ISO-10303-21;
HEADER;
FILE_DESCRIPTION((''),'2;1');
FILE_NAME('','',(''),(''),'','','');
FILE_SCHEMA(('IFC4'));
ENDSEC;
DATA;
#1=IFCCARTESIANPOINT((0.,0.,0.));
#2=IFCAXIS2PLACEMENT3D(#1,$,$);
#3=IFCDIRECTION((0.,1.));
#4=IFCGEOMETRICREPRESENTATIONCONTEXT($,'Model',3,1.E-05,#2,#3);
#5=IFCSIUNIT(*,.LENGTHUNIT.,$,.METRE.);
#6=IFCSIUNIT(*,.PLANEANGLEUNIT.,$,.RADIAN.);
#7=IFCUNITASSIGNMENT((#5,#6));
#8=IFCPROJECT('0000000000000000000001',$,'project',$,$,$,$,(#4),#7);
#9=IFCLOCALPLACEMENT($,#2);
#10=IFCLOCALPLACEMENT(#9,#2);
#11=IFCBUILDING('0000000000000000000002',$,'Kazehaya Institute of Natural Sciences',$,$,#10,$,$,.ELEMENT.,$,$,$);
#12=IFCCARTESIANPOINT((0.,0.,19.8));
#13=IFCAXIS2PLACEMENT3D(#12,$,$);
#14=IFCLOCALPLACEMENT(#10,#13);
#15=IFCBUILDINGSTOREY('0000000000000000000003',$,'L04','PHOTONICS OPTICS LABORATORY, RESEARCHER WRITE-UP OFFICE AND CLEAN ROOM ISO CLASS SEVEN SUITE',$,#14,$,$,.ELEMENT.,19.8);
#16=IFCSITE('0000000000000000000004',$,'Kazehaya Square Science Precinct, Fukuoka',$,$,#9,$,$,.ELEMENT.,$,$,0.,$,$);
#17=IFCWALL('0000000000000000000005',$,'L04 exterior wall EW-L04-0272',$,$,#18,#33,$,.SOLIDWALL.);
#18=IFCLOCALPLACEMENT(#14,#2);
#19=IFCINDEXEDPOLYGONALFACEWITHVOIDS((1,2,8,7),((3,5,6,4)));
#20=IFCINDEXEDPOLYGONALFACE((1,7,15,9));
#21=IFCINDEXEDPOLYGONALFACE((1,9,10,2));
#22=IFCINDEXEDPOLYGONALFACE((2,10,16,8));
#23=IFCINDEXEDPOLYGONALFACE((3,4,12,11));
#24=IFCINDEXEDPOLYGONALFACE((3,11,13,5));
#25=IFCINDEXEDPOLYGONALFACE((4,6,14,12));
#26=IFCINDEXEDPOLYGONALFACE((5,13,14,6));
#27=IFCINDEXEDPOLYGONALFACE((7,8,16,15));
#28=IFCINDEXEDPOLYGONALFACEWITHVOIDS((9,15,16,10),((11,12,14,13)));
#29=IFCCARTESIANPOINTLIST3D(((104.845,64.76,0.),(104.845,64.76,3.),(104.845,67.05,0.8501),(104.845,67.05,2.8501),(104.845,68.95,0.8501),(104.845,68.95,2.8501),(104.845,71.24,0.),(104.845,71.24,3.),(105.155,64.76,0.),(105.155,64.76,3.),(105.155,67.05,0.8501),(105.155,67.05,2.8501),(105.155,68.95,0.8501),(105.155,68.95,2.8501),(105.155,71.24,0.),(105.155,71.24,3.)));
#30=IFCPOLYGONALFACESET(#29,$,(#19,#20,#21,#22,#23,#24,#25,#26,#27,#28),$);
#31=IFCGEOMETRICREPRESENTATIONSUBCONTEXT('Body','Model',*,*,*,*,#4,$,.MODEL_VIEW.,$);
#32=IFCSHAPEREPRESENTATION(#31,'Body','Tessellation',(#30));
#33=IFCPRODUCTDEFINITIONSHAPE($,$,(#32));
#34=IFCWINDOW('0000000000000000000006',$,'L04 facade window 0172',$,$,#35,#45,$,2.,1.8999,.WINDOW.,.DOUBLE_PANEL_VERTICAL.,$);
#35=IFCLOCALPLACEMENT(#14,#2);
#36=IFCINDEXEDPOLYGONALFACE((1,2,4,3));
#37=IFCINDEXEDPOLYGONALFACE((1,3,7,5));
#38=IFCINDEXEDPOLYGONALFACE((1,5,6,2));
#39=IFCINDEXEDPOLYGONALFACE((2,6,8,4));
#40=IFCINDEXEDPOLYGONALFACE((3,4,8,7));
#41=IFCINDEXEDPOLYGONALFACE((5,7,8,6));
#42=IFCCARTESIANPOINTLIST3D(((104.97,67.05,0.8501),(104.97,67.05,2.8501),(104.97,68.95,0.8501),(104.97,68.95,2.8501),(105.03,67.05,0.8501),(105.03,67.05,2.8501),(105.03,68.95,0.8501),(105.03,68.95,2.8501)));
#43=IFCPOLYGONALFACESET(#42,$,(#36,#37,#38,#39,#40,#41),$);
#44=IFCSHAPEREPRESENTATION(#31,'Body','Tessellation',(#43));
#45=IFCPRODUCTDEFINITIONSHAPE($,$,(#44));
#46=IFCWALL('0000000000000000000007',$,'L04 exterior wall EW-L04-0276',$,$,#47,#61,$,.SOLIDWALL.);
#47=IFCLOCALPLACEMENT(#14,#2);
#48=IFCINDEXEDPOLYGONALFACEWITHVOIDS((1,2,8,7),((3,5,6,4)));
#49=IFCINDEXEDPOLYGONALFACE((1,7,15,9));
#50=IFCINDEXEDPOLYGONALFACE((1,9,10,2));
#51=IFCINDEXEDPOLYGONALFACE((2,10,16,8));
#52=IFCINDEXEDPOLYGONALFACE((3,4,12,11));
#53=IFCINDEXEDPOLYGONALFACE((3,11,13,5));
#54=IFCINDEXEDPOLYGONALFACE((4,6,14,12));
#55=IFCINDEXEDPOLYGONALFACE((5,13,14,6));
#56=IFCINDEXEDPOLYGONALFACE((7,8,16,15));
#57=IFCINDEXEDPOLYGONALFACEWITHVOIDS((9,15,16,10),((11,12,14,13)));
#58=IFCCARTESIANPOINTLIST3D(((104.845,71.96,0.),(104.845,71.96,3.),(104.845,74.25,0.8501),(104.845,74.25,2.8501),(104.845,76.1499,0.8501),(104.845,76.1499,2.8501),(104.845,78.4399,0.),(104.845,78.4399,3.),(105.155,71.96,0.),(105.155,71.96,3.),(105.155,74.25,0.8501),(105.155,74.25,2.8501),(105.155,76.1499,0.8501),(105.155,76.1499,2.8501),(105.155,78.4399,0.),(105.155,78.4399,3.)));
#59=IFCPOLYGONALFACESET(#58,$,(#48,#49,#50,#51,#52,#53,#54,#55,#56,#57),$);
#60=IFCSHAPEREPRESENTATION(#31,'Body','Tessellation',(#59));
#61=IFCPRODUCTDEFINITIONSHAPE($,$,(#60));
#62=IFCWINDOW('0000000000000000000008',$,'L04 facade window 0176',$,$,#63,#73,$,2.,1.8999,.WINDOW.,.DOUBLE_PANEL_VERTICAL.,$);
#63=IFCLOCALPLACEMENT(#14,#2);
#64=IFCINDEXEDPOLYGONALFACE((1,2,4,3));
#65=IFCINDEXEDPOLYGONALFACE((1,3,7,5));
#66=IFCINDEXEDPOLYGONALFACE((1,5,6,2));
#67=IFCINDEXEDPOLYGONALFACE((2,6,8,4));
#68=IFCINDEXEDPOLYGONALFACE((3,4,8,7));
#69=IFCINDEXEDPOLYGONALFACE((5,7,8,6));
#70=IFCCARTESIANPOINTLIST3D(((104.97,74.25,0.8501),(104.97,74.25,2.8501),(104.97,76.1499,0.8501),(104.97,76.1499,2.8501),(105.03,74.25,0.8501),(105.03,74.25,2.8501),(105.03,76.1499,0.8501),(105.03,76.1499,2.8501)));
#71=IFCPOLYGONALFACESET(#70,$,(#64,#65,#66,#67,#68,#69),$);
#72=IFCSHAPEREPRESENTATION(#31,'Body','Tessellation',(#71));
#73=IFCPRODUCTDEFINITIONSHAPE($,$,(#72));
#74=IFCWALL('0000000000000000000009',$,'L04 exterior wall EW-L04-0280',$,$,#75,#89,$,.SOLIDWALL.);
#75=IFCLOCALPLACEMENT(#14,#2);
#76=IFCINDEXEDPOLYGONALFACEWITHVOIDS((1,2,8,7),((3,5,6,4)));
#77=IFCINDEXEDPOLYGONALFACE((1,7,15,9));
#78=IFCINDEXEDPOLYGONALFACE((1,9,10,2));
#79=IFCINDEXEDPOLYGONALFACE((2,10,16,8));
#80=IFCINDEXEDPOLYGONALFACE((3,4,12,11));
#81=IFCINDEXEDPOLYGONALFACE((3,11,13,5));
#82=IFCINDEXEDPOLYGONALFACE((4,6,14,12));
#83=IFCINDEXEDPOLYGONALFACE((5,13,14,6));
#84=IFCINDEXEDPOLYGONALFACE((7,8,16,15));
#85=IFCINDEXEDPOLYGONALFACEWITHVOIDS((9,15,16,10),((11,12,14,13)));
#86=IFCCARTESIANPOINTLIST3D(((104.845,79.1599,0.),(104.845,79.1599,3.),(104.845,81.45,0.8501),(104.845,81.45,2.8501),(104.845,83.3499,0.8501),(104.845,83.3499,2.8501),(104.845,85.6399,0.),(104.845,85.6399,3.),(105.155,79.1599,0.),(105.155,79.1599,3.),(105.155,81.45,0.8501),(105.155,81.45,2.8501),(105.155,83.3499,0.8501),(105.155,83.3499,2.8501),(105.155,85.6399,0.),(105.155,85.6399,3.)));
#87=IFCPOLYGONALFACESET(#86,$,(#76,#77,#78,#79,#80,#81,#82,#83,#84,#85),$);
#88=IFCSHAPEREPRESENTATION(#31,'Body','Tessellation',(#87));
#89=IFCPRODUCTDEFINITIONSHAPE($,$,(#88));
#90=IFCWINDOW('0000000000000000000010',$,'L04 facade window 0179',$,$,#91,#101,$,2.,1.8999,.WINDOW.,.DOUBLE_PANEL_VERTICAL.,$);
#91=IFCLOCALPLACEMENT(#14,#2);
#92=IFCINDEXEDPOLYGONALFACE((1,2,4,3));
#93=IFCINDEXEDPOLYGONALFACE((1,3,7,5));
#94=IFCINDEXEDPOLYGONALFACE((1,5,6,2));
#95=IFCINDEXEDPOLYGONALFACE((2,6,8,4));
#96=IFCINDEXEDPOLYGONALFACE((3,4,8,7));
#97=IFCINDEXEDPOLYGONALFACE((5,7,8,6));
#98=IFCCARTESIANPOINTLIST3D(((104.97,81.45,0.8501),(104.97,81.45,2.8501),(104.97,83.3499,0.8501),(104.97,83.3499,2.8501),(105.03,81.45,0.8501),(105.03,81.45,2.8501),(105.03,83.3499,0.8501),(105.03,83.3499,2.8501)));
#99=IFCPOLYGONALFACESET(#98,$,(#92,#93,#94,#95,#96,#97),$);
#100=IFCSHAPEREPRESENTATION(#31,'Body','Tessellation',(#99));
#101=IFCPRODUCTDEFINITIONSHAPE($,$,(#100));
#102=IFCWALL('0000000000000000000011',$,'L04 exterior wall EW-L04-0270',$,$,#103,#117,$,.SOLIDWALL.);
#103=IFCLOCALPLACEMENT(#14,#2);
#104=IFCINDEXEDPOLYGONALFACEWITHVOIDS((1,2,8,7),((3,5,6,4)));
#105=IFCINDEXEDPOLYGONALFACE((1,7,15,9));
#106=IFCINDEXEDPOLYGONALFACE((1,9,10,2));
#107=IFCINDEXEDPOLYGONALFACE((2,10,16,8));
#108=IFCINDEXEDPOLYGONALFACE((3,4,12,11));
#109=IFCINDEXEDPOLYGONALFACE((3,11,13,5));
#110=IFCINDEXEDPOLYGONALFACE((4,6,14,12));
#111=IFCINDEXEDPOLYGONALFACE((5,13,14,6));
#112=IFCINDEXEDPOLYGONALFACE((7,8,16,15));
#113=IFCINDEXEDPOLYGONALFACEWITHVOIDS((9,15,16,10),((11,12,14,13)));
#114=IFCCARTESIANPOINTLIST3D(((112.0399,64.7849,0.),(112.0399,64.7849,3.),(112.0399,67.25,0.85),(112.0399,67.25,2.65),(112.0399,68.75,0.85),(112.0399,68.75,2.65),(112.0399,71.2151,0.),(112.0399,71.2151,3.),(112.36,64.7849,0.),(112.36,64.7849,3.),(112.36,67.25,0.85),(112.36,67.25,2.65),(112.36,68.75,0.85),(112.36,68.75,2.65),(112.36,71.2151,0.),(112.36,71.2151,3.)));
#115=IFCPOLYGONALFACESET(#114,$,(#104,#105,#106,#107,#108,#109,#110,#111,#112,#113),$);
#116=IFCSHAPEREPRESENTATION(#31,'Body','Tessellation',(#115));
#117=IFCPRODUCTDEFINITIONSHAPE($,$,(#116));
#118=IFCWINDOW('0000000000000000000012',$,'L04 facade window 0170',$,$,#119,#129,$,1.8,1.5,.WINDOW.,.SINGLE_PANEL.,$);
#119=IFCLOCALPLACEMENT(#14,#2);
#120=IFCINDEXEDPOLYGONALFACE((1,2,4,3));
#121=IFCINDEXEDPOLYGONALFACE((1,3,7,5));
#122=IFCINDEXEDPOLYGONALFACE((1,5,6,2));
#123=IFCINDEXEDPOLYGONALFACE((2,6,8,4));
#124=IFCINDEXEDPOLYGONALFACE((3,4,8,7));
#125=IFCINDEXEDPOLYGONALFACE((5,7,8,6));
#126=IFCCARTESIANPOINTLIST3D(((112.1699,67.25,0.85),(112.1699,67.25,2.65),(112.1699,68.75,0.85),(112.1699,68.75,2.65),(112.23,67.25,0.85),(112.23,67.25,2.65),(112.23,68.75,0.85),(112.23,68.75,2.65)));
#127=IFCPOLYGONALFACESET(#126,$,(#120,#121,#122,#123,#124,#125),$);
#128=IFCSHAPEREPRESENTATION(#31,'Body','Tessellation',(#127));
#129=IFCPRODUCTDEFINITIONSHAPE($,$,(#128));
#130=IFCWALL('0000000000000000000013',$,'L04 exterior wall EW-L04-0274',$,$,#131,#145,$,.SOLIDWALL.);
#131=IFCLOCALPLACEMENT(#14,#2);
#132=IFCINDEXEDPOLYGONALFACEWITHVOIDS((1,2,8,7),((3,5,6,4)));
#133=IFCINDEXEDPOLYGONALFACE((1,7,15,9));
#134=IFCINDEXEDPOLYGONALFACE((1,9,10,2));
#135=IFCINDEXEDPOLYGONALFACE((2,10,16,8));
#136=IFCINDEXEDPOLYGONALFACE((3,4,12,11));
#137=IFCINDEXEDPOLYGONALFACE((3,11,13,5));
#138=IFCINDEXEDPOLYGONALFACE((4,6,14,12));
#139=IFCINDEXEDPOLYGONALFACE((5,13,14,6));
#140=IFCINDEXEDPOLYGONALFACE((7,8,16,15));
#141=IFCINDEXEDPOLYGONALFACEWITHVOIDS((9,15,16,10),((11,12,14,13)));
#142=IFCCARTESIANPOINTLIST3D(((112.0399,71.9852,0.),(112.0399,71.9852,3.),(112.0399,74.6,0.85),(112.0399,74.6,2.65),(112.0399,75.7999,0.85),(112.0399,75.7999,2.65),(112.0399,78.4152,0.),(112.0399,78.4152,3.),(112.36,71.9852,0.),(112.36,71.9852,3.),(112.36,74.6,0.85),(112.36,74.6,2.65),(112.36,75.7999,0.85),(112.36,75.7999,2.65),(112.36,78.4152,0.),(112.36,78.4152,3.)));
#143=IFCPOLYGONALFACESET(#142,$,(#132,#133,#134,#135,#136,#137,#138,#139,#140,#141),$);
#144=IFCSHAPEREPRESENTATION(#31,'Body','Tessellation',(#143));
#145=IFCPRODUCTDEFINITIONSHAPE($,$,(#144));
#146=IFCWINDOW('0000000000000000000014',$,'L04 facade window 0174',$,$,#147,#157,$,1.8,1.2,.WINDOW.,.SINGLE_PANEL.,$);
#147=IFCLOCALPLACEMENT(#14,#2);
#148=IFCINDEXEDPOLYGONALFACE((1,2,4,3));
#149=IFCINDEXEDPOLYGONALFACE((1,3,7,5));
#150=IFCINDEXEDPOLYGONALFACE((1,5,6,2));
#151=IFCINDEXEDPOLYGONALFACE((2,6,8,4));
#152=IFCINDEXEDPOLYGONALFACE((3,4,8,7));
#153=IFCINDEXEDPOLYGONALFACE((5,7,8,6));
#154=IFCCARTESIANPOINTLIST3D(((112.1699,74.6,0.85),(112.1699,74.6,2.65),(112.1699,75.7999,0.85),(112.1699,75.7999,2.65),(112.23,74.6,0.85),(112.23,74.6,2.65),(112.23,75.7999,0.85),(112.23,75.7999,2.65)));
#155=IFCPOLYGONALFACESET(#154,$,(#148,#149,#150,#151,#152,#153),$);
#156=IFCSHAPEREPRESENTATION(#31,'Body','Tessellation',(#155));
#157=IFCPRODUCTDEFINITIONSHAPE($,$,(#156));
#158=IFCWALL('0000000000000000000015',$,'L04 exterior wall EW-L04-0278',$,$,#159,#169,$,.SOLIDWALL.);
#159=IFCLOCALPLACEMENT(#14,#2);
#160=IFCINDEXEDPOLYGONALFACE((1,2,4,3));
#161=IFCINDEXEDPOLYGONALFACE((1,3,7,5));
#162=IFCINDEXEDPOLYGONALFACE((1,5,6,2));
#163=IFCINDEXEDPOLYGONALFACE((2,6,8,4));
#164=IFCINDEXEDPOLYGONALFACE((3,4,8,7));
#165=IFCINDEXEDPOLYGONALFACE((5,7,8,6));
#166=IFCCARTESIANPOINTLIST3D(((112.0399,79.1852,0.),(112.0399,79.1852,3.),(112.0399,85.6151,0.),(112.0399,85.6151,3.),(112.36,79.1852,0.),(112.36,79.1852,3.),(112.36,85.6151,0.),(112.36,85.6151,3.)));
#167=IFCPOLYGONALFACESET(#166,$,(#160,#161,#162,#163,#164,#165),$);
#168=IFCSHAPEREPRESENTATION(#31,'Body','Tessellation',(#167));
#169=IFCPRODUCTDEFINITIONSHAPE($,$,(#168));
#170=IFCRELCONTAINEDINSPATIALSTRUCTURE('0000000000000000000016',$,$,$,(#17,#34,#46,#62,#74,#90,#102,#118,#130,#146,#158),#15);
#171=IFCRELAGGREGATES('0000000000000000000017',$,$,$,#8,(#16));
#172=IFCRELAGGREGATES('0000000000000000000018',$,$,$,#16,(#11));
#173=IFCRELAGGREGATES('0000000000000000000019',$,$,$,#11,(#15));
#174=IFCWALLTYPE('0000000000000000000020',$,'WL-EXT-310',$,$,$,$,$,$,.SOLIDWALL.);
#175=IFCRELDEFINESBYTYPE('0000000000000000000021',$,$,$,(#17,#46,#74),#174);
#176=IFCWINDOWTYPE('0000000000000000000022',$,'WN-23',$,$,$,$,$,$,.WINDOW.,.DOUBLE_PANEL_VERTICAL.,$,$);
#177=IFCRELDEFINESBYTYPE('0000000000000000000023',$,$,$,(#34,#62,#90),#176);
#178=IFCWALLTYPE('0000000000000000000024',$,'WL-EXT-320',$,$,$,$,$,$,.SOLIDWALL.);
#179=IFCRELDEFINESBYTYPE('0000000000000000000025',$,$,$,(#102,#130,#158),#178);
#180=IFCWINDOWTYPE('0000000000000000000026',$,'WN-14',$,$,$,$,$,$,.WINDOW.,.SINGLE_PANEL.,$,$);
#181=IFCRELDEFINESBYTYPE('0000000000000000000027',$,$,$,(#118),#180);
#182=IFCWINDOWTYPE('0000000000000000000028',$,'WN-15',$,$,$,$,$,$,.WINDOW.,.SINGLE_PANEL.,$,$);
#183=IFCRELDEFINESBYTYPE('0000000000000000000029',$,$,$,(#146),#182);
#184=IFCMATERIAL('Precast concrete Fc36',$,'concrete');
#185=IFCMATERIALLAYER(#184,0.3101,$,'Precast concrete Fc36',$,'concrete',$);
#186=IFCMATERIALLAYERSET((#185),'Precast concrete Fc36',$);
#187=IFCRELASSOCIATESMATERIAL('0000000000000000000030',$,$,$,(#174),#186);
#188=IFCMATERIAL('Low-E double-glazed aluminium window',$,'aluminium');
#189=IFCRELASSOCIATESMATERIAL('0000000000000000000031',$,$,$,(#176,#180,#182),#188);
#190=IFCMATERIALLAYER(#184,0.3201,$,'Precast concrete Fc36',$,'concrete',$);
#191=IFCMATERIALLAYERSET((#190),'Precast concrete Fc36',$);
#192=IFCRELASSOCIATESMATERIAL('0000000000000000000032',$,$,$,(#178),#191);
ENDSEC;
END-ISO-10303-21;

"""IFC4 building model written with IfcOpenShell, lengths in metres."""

from ifc_helpers import new_model, si_unit, direction, frame, frame_2d, origin, place, context, subcontext, project, spatial, rectangle, extrude, material, layer, layer_set, type_object, element, fill, save


model = new_model("IFC4")

# Units and contexts
model_context = context("Model", 3, precision=1e-05, world=origin(), true_north=direction((0.0, 1.0)))
body_context = subcontext(model_context, "Body", "Model", "MODEL_VIEW")
ifc_project = project(units=[si_unit("LENGTHUNIT", "METRE"), si_unit("PLANEANGLEUNIT", "RADIAN")], contexts=[model_context])

# Site, building, storey
site_placement = place(None, origin())
site = spatial("IfcSite", under=ifc_project, at=site_placement, Name="Kazehaya Square Science Precinct, Fukuoka", CompositionType="ELEMENT", RefElevation=0.0)
building_placement = place(site_placement, origin())
building = spatial("IfcBuilding", under=site, at=building_placement, Name="Kazehaya Institute of Natural Sciences", CompositionType="ELEMENT")
storey_placement = place(building_placement, frame((0.0, 0.0, 19.8)))
storey = spatial("IfcBuildingStorey", under=building, at=storey_placement, Name="L04", Description="PHOTONICS OPTICS LABORATORY, RESEARCHER WRITE-UP OFFICE AND CLEAN ROOM ISO CLASS SEVEN SUITE", CompositionType="ELEMENT", Elevation=19.8)

# Walls, openings, windows
ifc_material_1 = material(Name="Precast concrete Fc36", Category="concrete")
ifc_layer_1 = layer(ifc_material_1, 0.3101, Name="Precast concrete Fc36", Category="concrete")
ifc_layer_set_1 = layer_set([ifc_layer_1], Name="Precast concrete Fc36")
wall_type_1 = type_object("IfcWallType", Name="WL-EXT-310", PredefinedType="SOLIDWALL", material=ifc_layer_set_1)
wall_1_placement = place(storey_placement, frame((105.0, 64.76, 0.0), z_axis=(0.0, 0.0, 1.0), x_axis=(0.0, 1.0, 0.0)))
wall_1 = element("IfcWall", 1, at=wall_1_placement, inside=storey, type_object=wall_type_1, Name="L04 exterior wall EW-L04-0272", PredefinedType="SOLIDWALL", context=body_context, shape_type="SweptSolid", body=[
    extrude(rectangle(XDim=6.48, YDim=0.3101, at=frame_2d((3.24, 0.0))), origin(), (0.0, 0.0, 1.0), 3.0),
])
opening_1_placement = place(wall_1_placement, frame((2.29, 0.0, 0.8501)))
opening_1 = element("IfcOpeningElement", 2, at=opening_1_placement, cuts=wall_1, PredefinedType="OPENING", context=body_context, shape_type="SweptSolid", body=[
    extrude(rectangle(XDim=1.8999, YDim=2.0, at=frame_2d((0.95, 1.0))), frame((0.0, 0.165, 0.0), z_axis=(0.0, -1.0, 0.0), x_axis=(1.0, 0.0, 0.0)), (0.0, 0.0, 1.0), 0.3301),
])
ifc_material_2 = material(Name="Low-E double-glazed aluminium window", Category="aluminium")
window_type_1 = type_object("IfcWindowType", Name="WN-23", PartitioningType="DOUBLE_PANEL_VERTICAL", PredefinedType="WINDOW", material=ifc_material_2)
window_1_placement = place(opening_1_placement, origin())
window_1 = element("IfcWindow", 3, at=window_1_placement, inside=storey, type_object=window_type_1, Name="L04 facade window 0172", OverallHeight=2.0, OverallWidth=1.8999, PartitioningType="DOUBLE_PANEL_VERTICAL", PredefinedType="WINDOW", context=body_context, shape_type="SweptSolid", body=[
    extrude(rectangle(XDim=1.8999, YDim=2.0, at=frame_2d((0.95, 1.0))), frame((0.0, 0.03, 0.0), z_axis=(0.0, -1.0, 0.0), x_axis=(1.0, 0.0, 0.0)), (0.0, 0.0, 1.0), 0.0601),
])
fill(opening_1, window_1)
wall_2_placement = place(storey_placement, frame((105.0, 71.96, 0.0), z_axis=(0.0, 0.0, 1.0), x_axis=(0.0, 1.0, 0.0)))
wall_2 = element("IfcWall", 4, at=wall_2_placement, inside=storey, type_object=wall_type_1, Name="L04 exterior wall EW-L04-0276", PredefinedType="SOLIDWALL", context=body_context, shape_type="SweptSolid", body=[
    extrude(rectangle(XDim=6.48, YDim=0.3101, at=frame_2d((3.24, 0.0))), origin(), (0.0, 0.0, 1.0), 3.0),
])
opening_2_placement = place(wall_2_placement, frame((2.29, 0.0, 0.8501)))
opening_2 = element("IfcOpeningElement", 5, at=opening_2_placement, cuts=wall_2, PredefinedType="OPENING", context=body_context, shape_type="SweptSolid", body=[
    extrude(rectangle(XDim=1.8999, YDim=2.0, at=frame_2d((0.95, 1.0))), frame((0.0, 0.165, 0.0), z_axis=(0.0, -1.0, 0.0), x_axis=(1.0, 0.0, 0.0)), (0.0, 0.0, 1.0), 0.3301),
])
window_2_placement = place(opening_2_placement, origin())
window_2 = element("IfcWindow", 6, at=window_2_placement, inside=storey, type_object=window_type_1, Name="L04 facade window 0176", OverallHeight=2.0, OverallWidth=1.8999, PartitioningType="DOUBLE_PANEL_VERTICAL", PredefinedType="WINDOW", context=body_context, shape_type="SweptSolid", body=[
    extrude(rectangle(XDim=1.8999, YDim=2.0, at=frame_2d((0.95, 1.0))), frame((0.0, 0.03, 0.0), z_axis=(0.0, -1.0, 0.0), x_axis=(1.0, 0.0, 0.0)), (0.0, 0.0, 1.0), 0.0601),
])
fill(opening_2, window_2)
wall_3_placement = place(storey_placement, frame((105.0, 79.1599, 0.0), z_axis=(0.0, 0.0, 1.0), x_axis=(0.0, 1.0, 0.0)))
wall_3 = element("IfcWall", 7, at=wall_3_placement, inside=storey, type_object=wall_type_1, Name="L04 exterior wall EW-L04-0280", PredefinedType="SOLIDWALL", context=body_context, shape_type="SweptSolid", body=[
    extrude(rectangle(XDim=6.48, YDim=0.3101, at=frame_2d((3.24, 0.0))), origin(), (0.0, 0.0, 1.0), 3.0),
])
opening_3_placement = place(wall_3_placement, frame((2.29, 0.0, 0.8501)))
opening_3 = element("IfcOpeningElement", 8, at=opening_3_placement, cuts=wall_3, PredefinedType="OPENING", context=body_context, shape_type="SweptSolid", body=[
    extrude(rectangle(XDim=1.8999, YDim=2.0, at=frame_2d((0.95, 1.0))), frame((0.0, 0.165, 0.0), z_axis=(0.0, -1.0, 0.0), x_axis=(1.0, 0.0, 0.0)), (0.0, 0.0, 1.0), 0.3301),
])
window_3_placement = place(opening_3_placement, origin())
window_3 = element("IfcWindow", 9, at=window_3_placement, inside=storey, type_object=window_type_1, Name="L04 facade window 0179", OverallHeight=2.0, OverallWidth=1.8999, PartitioningType="DOUBLE_PANEL_VERTICAL", PredefinedType="WINDOW", context=body_context, shape_type="SweptSolid", body=[
    extrude(rectangle(XDim=1.8999, YDim=2.0, at=frame_2d((0.95, 1.0))), frame((0.0, 0.03, 0.0), z_axis=(0.0, -1.0, 0.0), x_axis=(1.0, 0.0, 0.0)), (0.0, 0.0, 1.0), 0.0601),
])
fill(opening_3, window_3)
ifc_layer_2 = layer(ifc_material_1, 0.3201, Name="Precast concrete Fc36", Category="concrete")
ifc_layer_set_2 = layer_set([ifc_layer_2], Name="Precast concrete Fc36")
wall_type_2 = type_object("IfcWallType", Name="WL-EXT-320", PredefinedType="SOLIDWALL", material=ifc_layer_set_2)
wall_4_placement = place(storey_placement, frame((112.2, 71.2151, 0.0), z_axis=(0.0, 0.0, 1.0), x_axis=(0.0, -1.0, 0.0)))
wall_4 = element("IfcWall", 10, at=wall_4_placement, inside=storey, type_object=wall_type_2, Name="L04 exterior wall EW-L04-0270", PredefinedType="SOLIDWALL", context=body_context, shape_type="SweptSolid", body=[
    extrude(rectangle(XDim=6.4302, YDim=0.3201, at=frame_2d((3.2151, 0.0))), origin(), (0.0, 0.0, 1.0), 3.0),
])
opening_4_placement = place(wall_4_placement, frame((2.4651, 0.0, 0.8501)))
opening_4 = element("IfcOpeningElement", 11, at=opening_4_placement, cuts=wall_4, PredefinedType="OPENING", context=body_context, shape_type="SweptSolid", body=[
    extrude(rectangle(XDim=1.5, YDim=1.8, at=frame_2d((0.75, 0.8999))), frame((0.0, 0.1699, 0.0), z_axis=(0.0, -1.0, 0.0), x_axis=(1.0, 0.0, 0.0)), (0.0, 0.0, 1.0), 0.3401),
])
window_type_2 = type_object("IfcWindowType", Name="WN-14", PartitioningType="SINGLE_PANEL", PredefinedType="WINDOW", material=ifc_material_2)
window_4_placement = place(opening_4_placement, origin())
window_4 = element("IfcWindow", 12, at=window_4_placement, inside=storey, type_object=window_type_2, Name="L04 facade window 0170", OverallHeight=1.8, OverallWidth=1.5, PartitioningType="SINGLE_PANEL", PredefinedType="WINDOW", context=body_context, shape_type="SweptSolid", body=[
    extrude(rectangle(XDim=1.5, YDim=1.8, at=frame_2d((0.75, 0.8999))), frame((0.0, 0.03, 0.0), z_axis=(0.0, -1.0, 0.0), x_axis=(1.0, 0.0, 0.0)), (0.0, 0.0, 1.0), 0.0601),
])
fill(opening_4, window_4)
wall_5_placement = place(storey_placement, frame((112.2, 78.415, 0.0), z_axis=(0.0, 0.0, 1.0), x_axis=(0.0, -1.0, 0.0)))
wall_5 = element("IfcWall", 13, at=wall_5_placement, inside=storey, type_object=wall_type_2, Name="L04 exterior wall EW-L04-0274", PredefinedType="SOLIDWALL", context=body_context, shape_type="SweptSolid", body=[
    extrude(rectangle(XDim=6.4299, YDim=0.3201, at=frame_2d((3.2148, 0.0))), origin(), (0.0, 0.0, 1.0), 3.0),
])
opening_5_placement = place(wall_5_placement, frame((2.615, 0.0, 0.8501)))
opening_5 = element("IfcOpeningElement", 14, at=opening_5_placement, cuts=wall_5, PredefinedType="OPENING", context=body_context, shape_type="SweptSolid", body=[
    extrude(rectangle(XDim=1.2, YDim=1.8, at=frame_2d((0.6001, 0.8999))), frame((0.0, 0.1699, 0.0), z_axis=(0.0, -1.0, 0.0), x_axis=(1.0, 0.0, 0.0)), (0.0, 0.0, 1.0), 0.3401),
])
window_type_3 = type_object("IfcWindowType", Name="WN-15", PartitioningType="SINGLE_PANEL", PredefinedType="WINDOW", material=ifc_material_2)
window_5_placement = place(opening_5_placement, origin())
window_5 = element("IfcWindow", 15, at=window_5_placement, inside=storey, type_object=window_type_3, Name="L04 facade window 0174", OverallHeight=1.8, OverallWidth=1.2, PartitioningType="SINGLE_PANEL", PredefinedType="WINDOW", context=body_context, shape_type="SweptSolid", body=[
    extrude(rectangle(XDim=1.2, YDim=1.8, at=frame_2d((0.6001, 0.8999))), frame((0.0, 0.03, 0.0), z_axis=(0.0, -1.0, 0.0), x_axis=(1.0, 0.0, 0.0)), (0.0, 0.0, 1.0), 0.0601),
])
fill(opening_5, window_5)

# Wall
wall_6_placement = place(storey_placement, frame((112.2, 85.615, 0.0), z_axis=(0.0, 0.0, 1.0), x_axis=(0.0, -1.0, 0.0)))
element("IfcWall", 16, at=wall_6_placement, inside=storey, type_object=wall_type_2, Name="L04 exterior wall EW-L04-0278", PredefinedType="SOLIDWALL", context=body_context, shape_type="SweptSolid", body=[
    extrude(rectangle(XDim=6.4299, YDim=0.3201, at=frame_2d((3.2148, 0.0))), origin(), (0.0, 0.0, 1.0), 3.0),
])

save(model, "model.ifc")
